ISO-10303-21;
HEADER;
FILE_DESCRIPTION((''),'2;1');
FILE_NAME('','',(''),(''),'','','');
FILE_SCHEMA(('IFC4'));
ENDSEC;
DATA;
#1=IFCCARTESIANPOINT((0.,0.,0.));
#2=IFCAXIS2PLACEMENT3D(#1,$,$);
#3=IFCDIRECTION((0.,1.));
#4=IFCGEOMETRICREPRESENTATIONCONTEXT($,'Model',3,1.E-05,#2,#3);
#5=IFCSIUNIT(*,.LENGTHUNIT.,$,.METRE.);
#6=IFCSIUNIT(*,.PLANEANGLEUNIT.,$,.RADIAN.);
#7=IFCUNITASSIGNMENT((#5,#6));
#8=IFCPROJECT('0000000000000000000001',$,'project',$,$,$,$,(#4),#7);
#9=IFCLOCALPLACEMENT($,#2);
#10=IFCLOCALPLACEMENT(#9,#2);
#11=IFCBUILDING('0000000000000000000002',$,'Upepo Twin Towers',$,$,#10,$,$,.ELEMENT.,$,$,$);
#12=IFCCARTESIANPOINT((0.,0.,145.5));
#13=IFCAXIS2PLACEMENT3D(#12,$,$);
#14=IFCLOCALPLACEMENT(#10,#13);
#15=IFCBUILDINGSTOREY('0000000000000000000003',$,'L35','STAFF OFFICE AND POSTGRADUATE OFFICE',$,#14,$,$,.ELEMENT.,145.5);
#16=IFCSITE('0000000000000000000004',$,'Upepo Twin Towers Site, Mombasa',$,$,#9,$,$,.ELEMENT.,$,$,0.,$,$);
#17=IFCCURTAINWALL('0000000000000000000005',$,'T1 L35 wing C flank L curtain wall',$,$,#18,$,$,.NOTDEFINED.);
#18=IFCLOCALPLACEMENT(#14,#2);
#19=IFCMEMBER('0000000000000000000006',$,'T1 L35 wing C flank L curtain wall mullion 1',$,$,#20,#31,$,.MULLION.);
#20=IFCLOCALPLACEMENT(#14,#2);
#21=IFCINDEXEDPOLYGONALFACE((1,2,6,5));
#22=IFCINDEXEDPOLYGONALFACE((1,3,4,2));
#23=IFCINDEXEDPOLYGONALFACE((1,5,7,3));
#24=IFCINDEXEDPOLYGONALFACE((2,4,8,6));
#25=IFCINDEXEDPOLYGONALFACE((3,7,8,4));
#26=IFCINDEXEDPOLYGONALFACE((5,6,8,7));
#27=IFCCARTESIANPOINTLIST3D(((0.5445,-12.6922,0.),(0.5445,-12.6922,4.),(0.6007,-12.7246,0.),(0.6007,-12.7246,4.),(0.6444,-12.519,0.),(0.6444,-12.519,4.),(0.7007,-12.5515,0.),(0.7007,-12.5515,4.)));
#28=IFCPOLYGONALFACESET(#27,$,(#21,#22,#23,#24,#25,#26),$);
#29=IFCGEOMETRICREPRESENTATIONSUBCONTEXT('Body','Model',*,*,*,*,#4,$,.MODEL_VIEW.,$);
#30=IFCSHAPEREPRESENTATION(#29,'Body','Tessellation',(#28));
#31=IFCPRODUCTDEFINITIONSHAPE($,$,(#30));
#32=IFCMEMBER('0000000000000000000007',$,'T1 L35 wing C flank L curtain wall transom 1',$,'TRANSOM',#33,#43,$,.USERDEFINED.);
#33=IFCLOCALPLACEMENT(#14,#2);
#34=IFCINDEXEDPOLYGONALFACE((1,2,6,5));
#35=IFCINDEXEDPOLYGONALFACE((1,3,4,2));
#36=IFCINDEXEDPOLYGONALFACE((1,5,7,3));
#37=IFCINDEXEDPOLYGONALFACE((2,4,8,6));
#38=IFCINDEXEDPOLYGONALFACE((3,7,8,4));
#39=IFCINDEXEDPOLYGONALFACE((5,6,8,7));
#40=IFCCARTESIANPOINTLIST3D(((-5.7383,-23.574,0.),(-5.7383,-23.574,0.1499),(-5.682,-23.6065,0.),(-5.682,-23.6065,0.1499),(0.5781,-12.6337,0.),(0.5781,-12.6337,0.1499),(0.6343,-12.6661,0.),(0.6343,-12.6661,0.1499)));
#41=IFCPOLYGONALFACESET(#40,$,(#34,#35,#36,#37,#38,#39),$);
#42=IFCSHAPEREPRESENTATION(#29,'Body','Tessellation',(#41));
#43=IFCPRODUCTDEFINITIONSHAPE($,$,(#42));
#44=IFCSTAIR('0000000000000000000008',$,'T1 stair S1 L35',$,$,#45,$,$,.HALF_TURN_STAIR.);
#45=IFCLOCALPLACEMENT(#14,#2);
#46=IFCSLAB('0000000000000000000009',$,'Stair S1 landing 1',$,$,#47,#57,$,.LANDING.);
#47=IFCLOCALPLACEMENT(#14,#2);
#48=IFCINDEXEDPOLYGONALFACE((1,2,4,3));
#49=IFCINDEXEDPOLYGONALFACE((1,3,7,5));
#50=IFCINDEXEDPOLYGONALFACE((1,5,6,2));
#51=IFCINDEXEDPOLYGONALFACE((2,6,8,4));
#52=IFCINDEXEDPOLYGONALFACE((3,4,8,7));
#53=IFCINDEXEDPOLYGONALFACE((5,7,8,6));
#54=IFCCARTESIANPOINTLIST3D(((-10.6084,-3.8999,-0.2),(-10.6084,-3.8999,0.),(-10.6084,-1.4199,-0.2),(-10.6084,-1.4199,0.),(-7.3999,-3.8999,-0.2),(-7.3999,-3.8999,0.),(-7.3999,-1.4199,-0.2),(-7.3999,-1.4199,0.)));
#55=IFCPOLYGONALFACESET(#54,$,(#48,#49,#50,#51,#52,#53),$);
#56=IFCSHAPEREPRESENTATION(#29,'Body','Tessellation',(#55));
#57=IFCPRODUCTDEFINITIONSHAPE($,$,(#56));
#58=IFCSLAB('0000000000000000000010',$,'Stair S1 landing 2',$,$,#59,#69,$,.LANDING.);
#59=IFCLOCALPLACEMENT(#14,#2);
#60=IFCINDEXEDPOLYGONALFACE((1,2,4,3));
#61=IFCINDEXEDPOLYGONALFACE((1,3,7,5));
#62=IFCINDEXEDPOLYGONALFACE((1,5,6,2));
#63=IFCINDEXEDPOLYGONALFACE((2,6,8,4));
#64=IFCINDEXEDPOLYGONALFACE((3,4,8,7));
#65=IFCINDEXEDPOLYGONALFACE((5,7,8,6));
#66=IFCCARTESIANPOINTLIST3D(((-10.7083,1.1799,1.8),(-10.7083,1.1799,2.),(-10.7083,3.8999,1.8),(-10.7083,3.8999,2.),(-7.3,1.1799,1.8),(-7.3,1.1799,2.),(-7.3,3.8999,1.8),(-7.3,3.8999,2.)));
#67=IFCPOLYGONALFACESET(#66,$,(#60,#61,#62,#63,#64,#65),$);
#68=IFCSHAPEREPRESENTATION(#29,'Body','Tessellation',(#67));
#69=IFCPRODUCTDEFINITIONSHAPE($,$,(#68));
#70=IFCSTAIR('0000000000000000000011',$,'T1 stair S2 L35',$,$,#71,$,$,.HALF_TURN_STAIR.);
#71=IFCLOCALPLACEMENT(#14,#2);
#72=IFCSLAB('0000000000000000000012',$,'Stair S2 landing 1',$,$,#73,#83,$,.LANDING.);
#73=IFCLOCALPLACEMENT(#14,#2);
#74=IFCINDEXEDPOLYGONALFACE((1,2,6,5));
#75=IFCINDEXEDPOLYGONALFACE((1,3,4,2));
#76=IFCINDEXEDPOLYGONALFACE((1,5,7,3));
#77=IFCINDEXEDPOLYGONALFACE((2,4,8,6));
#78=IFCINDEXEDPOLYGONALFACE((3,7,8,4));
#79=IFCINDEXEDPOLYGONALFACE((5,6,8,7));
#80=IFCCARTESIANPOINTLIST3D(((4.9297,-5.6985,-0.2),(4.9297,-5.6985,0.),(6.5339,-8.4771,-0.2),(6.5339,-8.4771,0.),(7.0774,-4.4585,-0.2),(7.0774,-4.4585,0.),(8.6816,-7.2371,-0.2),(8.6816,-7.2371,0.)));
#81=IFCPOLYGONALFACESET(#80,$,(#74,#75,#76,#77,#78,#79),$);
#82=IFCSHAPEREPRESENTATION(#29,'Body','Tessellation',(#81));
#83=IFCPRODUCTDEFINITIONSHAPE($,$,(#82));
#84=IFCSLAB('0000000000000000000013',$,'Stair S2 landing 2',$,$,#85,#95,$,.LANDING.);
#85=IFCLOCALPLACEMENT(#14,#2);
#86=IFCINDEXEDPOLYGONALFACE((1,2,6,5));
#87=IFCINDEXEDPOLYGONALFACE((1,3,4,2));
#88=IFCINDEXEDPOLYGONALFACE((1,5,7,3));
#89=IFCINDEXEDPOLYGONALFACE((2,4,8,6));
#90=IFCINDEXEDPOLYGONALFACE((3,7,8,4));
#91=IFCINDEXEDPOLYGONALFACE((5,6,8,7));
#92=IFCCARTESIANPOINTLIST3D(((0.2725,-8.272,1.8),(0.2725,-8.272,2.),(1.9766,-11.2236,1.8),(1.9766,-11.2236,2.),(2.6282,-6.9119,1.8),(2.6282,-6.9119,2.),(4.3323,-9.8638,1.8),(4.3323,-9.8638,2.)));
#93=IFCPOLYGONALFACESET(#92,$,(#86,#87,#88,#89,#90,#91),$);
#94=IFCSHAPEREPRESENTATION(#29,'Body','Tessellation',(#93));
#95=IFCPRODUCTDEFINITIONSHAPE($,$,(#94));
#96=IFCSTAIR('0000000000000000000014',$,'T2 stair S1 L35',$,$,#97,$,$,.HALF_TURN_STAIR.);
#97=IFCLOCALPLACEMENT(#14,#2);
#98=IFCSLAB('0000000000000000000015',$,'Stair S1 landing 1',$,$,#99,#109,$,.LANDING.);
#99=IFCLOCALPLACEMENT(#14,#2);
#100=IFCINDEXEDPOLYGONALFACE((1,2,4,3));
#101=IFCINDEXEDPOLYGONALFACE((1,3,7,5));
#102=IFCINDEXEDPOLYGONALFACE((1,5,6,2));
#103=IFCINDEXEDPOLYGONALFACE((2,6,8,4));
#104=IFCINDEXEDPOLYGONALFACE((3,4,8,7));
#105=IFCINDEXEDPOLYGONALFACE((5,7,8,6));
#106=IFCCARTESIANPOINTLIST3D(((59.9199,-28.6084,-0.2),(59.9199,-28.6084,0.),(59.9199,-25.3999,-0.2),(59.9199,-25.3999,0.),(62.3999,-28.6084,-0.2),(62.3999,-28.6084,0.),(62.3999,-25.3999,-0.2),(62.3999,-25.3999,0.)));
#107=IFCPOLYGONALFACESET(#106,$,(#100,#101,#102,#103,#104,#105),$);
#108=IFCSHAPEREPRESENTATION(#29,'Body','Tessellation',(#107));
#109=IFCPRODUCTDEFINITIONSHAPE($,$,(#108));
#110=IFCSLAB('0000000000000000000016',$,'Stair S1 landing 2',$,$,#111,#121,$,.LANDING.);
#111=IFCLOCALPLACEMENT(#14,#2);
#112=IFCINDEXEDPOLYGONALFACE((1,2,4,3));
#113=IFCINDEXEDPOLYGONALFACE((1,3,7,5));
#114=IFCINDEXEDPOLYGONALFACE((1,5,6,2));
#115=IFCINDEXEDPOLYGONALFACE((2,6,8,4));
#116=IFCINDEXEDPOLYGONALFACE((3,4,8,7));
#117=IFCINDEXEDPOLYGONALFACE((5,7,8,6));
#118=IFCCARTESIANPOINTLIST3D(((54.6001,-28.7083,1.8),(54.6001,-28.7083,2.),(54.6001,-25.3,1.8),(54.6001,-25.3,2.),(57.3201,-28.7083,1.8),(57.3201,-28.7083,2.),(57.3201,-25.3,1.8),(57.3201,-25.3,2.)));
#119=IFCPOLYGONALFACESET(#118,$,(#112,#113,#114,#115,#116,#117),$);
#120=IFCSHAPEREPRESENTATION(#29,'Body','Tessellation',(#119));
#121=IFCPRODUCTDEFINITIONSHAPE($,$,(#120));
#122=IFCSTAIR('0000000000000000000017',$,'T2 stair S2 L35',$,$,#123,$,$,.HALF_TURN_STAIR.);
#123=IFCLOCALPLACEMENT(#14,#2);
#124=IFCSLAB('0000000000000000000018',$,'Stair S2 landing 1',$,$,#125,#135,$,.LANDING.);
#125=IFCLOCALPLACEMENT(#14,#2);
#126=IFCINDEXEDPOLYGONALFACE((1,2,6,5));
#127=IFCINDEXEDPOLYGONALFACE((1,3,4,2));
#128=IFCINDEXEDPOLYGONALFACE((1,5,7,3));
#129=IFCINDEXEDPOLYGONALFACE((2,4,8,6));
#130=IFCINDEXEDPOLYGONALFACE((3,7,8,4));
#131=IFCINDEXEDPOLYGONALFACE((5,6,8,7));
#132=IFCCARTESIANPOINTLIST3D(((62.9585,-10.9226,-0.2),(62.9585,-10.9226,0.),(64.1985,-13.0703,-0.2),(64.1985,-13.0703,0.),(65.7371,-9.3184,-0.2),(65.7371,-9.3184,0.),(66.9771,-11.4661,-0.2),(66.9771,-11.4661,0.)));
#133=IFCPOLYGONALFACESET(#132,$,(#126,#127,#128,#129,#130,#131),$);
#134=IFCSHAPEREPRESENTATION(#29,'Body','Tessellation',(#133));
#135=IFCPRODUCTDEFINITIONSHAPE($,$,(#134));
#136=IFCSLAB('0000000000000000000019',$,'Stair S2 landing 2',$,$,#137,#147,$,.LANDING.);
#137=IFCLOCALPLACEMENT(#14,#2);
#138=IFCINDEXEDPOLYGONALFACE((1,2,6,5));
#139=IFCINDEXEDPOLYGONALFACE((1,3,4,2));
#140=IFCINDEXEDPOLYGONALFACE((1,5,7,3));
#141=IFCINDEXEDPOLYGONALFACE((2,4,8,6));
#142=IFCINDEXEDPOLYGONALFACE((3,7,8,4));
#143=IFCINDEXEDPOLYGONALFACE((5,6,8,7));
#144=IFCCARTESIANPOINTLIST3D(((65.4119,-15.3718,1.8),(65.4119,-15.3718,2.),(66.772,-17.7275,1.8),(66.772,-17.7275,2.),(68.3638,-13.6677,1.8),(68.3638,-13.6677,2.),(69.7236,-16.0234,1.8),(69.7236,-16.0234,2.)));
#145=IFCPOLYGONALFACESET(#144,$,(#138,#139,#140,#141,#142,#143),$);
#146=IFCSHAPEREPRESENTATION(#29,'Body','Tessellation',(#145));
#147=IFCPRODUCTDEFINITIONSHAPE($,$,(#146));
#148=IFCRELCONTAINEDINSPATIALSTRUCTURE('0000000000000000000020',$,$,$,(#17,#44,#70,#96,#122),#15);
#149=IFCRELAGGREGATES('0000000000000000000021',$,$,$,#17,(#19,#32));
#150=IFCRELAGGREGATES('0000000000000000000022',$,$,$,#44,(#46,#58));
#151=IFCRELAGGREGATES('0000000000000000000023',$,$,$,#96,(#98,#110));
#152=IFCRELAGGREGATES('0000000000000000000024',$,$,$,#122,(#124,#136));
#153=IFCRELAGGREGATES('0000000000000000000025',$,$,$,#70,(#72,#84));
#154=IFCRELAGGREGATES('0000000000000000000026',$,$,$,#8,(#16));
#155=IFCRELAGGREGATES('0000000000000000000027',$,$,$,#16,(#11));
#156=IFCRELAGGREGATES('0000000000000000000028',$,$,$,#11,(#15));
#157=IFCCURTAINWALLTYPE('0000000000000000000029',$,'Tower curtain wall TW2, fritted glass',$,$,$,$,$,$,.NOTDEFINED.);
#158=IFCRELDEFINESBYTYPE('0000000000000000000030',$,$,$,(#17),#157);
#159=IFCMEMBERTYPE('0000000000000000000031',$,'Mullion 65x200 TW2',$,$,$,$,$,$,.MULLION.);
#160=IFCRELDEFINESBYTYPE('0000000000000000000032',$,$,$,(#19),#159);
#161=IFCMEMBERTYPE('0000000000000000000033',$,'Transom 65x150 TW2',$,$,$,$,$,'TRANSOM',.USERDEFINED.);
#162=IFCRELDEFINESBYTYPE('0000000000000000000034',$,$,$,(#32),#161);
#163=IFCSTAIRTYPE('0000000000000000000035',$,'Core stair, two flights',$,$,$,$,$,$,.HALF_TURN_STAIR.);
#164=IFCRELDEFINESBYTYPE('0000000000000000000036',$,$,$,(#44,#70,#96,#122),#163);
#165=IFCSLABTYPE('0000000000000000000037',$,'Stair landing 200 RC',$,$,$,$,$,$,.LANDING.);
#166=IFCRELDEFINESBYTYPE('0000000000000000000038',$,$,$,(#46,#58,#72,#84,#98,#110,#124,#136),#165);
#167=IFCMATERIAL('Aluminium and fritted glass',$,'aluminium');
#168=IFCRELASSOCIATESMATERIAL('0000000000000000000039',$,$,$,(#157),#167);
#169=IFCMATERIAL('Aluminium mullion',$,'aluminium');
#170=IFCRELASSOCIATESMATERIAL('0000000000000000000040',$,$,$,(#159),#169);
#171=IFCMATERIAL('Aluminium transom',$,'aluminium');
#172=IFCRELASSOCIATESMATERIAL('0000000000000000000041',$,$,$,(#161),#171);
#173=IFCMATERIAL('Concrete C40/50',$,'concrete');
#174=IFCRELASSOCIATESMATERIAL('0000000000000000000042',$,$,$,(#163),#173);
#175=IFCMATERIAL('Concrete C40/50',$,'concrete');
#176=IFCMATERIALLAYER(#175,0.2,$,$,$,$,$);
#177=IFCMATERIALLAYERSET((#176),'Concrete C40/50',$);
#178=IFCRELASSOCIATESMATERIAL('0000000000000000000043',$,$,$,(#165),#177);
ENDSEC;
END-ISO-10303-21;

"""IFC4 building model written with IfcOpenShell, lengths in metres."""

from ifc_helpers import new_model, si_unit, direction, frame, origin, origin_2d, place, context, subcontext, project, spatial, polyline, rectangle, outline, extrude, material, layer, layer_set, material_profile, profile_set, type_object, element, aggregate, save


model = new_model("IFC4")

# Units and contexts
model_context = context("Model", 3, precision=1e-05, world=origin(), true_north=direction((0.0, 1.0)))
body_context = subcontext(model_context, "Body", "Model", "MODEL_VIEW")
ifc_project = project(units=[si_unit("LENGTHUNIT", "METRE"), si_unit("PLANEANGLEUNIT", "RADIAN")], contexts=[model_context])

# Site, building, storey
site_placement = place(None, origin())
site = spatial("IfcSite", under=ifc_project, at=site_placement, Name="Upepo Twin Towers Site, Mombasa", CompositionType="ELEMENT", RefElevation=0.0)
building_placement = place(site_placement, origin())
building = spatial("IfcBuilding", under=site, at=building_placement, Name="Upepo Twin Towers", CompositionType="ELEMENT")
storey_placement = place(building_placement, frame((0.0, 0.0, 145.5)))
storey = spatial("IfcBuildingStorey", under=building, at=storey_placement, Name="L35", Description="STAFF OFFICE AND POSTGRADUATE OFFICE", CompositionType="ELEMENT", Elevation=145.5)

# Curtain wall, members
ifc_material_1 = material(Name="Aluminium and fritted glass", Category="aluminium")
curtain_wall_type = type_object("IfcCurtainWallType", Name="Tower curtain wall TW2, fritted glass", PredefinedType="NOTDEFINED", material=ifc_material_1)
curtain_wall_placement = place(storey_placement, origin())
curtain_wall = element("IfcCurtainWall", 1, at=curtain_wall_placement, inside=storey, type_object=curtain_wall_type, Name="T1 L35 wing C flank L curtain wall", PredefinedType="NOTDEFINED")
ifc_material_2 = material(Name="Aluminium mullion", Category="aluminium")
ifc_material_profile_1 = material_profile(ifc_material_2, rectangle(XDim=0.0649, YDim=0.2, at=origin_2d()), Name="MULLION 65x200")
ifc_profile_set_1 = profile_set([ifc_material_profile_1], Name="Aluminium mullion")
member_type_1 = type_object("IfcMemberType", Name="Mullion 65x200 TW2", PredefinedType="MULLION", material=ifc_profile_set_1)
member_1_placement = place(storey_placement, frame((0.6226, -12.6218, 0.0), z_axis=(0.0, 0.0, 1.0), x_axis=(0.866025, -0.5, 0.0)))
member_1 = element("IfcMember", 2, at=member_1_placement, type_object=member_type_1, Name="T1 L35 wing C flank L curtain wall mullion 1", PredefinedType="MULLION", context=body_context, shape_type="SweptSolid", body=[
    extrude(rectangle(XDim=0.0649, YDim=0.2, at=origin_2d()), origin(), (0.0, 0.0, 1.0), 4.0),
])
ifc_material_3 = material(Name="Aluminium transom", Category="aluminium")
ifc_material_profile_2 = material_profile(ifc_material_3, rectangle(XDim=0.0649, YDim=0.1499, at=origin_2d()), Name="TRANSOM 65x150")
ifc_profile_set_2 = profile_set([ifc_material_profile_2], Name="Aluminium transom")
member_type_2 = type_object("IfcMemberType", Name="Transom 65x150 TW2", ElementType="TRANSOM", PredefinedType="USERDEFINED", material=ifc_profile_set_2)
member_2_placement = place(storey_placement, frame((0.6062, -12.6499, 0.075), z_axis=(-0.499997, -0.866027, 0.0), x_axis=(0.866027, -0.499997, 0.0)))
member_2 = element("IfcMember", 3, at=member_2_placement, type_object=member_type_2, Name="T1 L35 wing C flank L curtain wall transom 1", ObjectType="TRANSOM", PredefinedType="USERDEFINED", context=body_context, shape_type="SweptSolid", body=[
    extrude(rectangle(XDim=0.0649, YDim=0.1499, at=origin_2d()), origin(), (0.0, 0.0, 1.0), 12.6328),
])
aggregate(curtain_wall, [member_1, member_2])

# Stairs, slabs
ifc_material_4 = material(Name="Concrete C40/50", Category="concrete")
stair_type = type_object("IfcStairType", Name="Core stair, two flights", PredefinedType="HALF_TURN_STAIR", material=ifc_material_4)
stair_1_placement = place(storey_placement, origin())
stair_1 = element("IfcStair", 4, at=stair_1_placement, inside=storey, type_object=stair_type, Name="T1 stair S1 L35", PredefinedType="HALF_TURN_STAIR")
ifc_material_5 = material(Name="Concrete C40/50", Category="concrete")
ifc_layer_1 = layer(ifc_material_5, 0.2)
ifc_layer_set_1 = layer_set([ifc_layer_1], Name="Concrete C40/50")
slab_type_1 = type_object("IfcSlabType", Name="Stair landing 200 RC", PredefinedType="LANDING", material=ifc_layer_set_1)
slab_1_placement = place(storey_placement, frame((0.0, 0.0, -0.2)))
slab_1 = element("IfcSlab", 5, at=slab_1_placement, type_object=slab_type_1, Name="Stair S1 landing 1", PredefinedType="LANDING", context=body_context, shape_type="SweptSolid", body=[
    extrude(outline(polyline([(-7.3999, -1.4199), (-10.6084, -1.4199), (-10.6084, -3.8999), (-7.3999, -3.8999), (-7.3999, -1.4199)])), origin(), (0.0, 0.0, 1.0), 0.2),
])
slab_2_placement = place(storey_placement, frame((0.0, 0.0, 1.8)))
slab_2 = element("IfcSlab", 6, at=slab_2_placement, type_object=slab_type_1, Name="Stair S1 landing 2", PredefinedType="LANDING", context=body_context, shape_type="SweptSolid", body=[
    extrude(outline(polyline([(-7.3, 3.8999), (-10.7083, 3.8999), (-10.7083, 1.1799), (-7.3, 1.1799), (-7.3, 3.8999)])), origin(), (0.0, 0.0, 1.0), 0.2),
])
aggregate(stair_1, [slab_1, slab_2])
stair_2_placement = place(storey_placement, origin())
stair_2 = element("IfcStair", 7, at=stair_2_placement, inside=storey, type_object=stair_type, Name="T1 stair S2 L35", PredefinedType="HALF_TURN_STAIR")
slab_3_placement = place(storey_placement, frame((0.0, 0.0, -0.2)))
slab_3 = element("IfcSlab", 8, at=slab_3_placement, type_object=slab_type_1, Name="Stair S2 landing 1", PredefinedType="LANDING", context=body_context, shape_type="SweptSolid", body=[
    extrude(outline(polyline([(4.9297, -5.6985), (6.5339, -8.4771), (8.6816, -7.2371), (7.0774, -4.4585), (4.9297, -5.6985)])), origin(), (0.0, 0.0, 1.0), 0.2),
])
slab_4_placement = place(storey_placement, frame((0.0, 0.0, 1.8)))
slab_4 = element("IfcSlab", 9, at=slab_4_placement, type_object=slab_type_1, Name="Stair S2 landing 2", PredefinedType="LANDING", context=body_context, shape_type="SweptSolid", body=[
    extrude(outline(polyline([(0.2725, -8.272), (1.9766, -11.2236), (4.3323, -9.8638), (2.6282, -6.9119), (0.2725, -8.272)])), origin(), (0.0, 0.0, 1.0), 0.2),
])
stair_3_placement = place(storey_placement, origin())
stair_3 = element("IfcStair", 10, at=stair_3_placement, inside=storey, type_object=stair_type, Name="T2 stair S1 L35", PredefinedType="HALF_TURN_STAIR")
slab_5_placement = place(storey_placement, frame((0.0, 0.0, -0.2)))
slab_5 = element("IfcSlab", 11, at=slab_5_placement, type_object=slab_type_1, Name="Stair S1 landing 1", PredefinedType="LANDING", context=body_context, shape_type="SweptSolid", body=[
    extrude(outline(polyline([(59.9199, -25.3999), (59.9199, -28.6084), (62.3999, -28.6084), (62.3999, -25.3999), (59.9199, -25.3999)])), origin(), (0.0, 0.0, 1.0), 0.2),
])
slab_6_placement = place(storey_placement, frame((0.0, 0.0, 1.8)))
slab_6 = element("IfcSlab", 12, at=slab_6_placement, type_object=slab_type_1, Name="Stair S1 landing 2", PredefinedType="LANDING", context=body_context, shape_type="SweptSolid", body=[
    extrude(outline(polyline([(54.6001, -25.3), (54.6001, -28.7083), (57.3201, -28.7083), (57.3201, -25.3), (54.6001, -25.3)])), origin(), (0.0, 0.0, 1.0), 0.2),
])
aggregate(stair_3, [slab_5, slab_6])
stair_4_placement = place(storey_placement, origin())
stair_4 = element("IfcStair", 13, at=stair_4_placement, inside=storey, type_object=stair_type, Name="T2 stair S2 L35", PredefinedType="HALF_TURN_STAIR")
slab_7_placement = place(storey_placement, frame((0.0, 0.0, -0.2)))
slab_7 = element("IfcSlab", 14, at=slab_7_placement, type_object=slab_type_1, Name="Stair S2 landing 1", PredefinedType="LANDING", context=body_context, shape_type="SweptSolid", body=[
    extrude(outline(polyline([(64.1985, -13.0703), (66.9771, -11.4661), (65.7371, -9.3184), (62.9585, -10.9226), (64.1985, -13.0703)])), origin(), (0.0, 0.0, 1.0), 0.2),
])
slab_8_placement = place(storey_placement, frame((0.0, 0.0, 1.8)))
slab_8 = element("IfcSlab", 15, at=slab_8_placement, type_object=slab_type_1, Name="Stair S2 landing 2", PredefinedType="LANDING", context=body_context, shape_type="SweptSolid", body=[
    extrude(outline(polyline([(66.772, -17.7275), (69.7236, -16.0234), (68.3638, -13.6677), (65.4119, -15.3718), (66.772, -17.7275)])), origin(), (0.0, 0.0, 1.0), 0.2),
])
aggregate(stair_4, [slab_7, slab_8])

aggregate(stair_2, [slab_3, slab_4])

save(model, "model.ifc")
